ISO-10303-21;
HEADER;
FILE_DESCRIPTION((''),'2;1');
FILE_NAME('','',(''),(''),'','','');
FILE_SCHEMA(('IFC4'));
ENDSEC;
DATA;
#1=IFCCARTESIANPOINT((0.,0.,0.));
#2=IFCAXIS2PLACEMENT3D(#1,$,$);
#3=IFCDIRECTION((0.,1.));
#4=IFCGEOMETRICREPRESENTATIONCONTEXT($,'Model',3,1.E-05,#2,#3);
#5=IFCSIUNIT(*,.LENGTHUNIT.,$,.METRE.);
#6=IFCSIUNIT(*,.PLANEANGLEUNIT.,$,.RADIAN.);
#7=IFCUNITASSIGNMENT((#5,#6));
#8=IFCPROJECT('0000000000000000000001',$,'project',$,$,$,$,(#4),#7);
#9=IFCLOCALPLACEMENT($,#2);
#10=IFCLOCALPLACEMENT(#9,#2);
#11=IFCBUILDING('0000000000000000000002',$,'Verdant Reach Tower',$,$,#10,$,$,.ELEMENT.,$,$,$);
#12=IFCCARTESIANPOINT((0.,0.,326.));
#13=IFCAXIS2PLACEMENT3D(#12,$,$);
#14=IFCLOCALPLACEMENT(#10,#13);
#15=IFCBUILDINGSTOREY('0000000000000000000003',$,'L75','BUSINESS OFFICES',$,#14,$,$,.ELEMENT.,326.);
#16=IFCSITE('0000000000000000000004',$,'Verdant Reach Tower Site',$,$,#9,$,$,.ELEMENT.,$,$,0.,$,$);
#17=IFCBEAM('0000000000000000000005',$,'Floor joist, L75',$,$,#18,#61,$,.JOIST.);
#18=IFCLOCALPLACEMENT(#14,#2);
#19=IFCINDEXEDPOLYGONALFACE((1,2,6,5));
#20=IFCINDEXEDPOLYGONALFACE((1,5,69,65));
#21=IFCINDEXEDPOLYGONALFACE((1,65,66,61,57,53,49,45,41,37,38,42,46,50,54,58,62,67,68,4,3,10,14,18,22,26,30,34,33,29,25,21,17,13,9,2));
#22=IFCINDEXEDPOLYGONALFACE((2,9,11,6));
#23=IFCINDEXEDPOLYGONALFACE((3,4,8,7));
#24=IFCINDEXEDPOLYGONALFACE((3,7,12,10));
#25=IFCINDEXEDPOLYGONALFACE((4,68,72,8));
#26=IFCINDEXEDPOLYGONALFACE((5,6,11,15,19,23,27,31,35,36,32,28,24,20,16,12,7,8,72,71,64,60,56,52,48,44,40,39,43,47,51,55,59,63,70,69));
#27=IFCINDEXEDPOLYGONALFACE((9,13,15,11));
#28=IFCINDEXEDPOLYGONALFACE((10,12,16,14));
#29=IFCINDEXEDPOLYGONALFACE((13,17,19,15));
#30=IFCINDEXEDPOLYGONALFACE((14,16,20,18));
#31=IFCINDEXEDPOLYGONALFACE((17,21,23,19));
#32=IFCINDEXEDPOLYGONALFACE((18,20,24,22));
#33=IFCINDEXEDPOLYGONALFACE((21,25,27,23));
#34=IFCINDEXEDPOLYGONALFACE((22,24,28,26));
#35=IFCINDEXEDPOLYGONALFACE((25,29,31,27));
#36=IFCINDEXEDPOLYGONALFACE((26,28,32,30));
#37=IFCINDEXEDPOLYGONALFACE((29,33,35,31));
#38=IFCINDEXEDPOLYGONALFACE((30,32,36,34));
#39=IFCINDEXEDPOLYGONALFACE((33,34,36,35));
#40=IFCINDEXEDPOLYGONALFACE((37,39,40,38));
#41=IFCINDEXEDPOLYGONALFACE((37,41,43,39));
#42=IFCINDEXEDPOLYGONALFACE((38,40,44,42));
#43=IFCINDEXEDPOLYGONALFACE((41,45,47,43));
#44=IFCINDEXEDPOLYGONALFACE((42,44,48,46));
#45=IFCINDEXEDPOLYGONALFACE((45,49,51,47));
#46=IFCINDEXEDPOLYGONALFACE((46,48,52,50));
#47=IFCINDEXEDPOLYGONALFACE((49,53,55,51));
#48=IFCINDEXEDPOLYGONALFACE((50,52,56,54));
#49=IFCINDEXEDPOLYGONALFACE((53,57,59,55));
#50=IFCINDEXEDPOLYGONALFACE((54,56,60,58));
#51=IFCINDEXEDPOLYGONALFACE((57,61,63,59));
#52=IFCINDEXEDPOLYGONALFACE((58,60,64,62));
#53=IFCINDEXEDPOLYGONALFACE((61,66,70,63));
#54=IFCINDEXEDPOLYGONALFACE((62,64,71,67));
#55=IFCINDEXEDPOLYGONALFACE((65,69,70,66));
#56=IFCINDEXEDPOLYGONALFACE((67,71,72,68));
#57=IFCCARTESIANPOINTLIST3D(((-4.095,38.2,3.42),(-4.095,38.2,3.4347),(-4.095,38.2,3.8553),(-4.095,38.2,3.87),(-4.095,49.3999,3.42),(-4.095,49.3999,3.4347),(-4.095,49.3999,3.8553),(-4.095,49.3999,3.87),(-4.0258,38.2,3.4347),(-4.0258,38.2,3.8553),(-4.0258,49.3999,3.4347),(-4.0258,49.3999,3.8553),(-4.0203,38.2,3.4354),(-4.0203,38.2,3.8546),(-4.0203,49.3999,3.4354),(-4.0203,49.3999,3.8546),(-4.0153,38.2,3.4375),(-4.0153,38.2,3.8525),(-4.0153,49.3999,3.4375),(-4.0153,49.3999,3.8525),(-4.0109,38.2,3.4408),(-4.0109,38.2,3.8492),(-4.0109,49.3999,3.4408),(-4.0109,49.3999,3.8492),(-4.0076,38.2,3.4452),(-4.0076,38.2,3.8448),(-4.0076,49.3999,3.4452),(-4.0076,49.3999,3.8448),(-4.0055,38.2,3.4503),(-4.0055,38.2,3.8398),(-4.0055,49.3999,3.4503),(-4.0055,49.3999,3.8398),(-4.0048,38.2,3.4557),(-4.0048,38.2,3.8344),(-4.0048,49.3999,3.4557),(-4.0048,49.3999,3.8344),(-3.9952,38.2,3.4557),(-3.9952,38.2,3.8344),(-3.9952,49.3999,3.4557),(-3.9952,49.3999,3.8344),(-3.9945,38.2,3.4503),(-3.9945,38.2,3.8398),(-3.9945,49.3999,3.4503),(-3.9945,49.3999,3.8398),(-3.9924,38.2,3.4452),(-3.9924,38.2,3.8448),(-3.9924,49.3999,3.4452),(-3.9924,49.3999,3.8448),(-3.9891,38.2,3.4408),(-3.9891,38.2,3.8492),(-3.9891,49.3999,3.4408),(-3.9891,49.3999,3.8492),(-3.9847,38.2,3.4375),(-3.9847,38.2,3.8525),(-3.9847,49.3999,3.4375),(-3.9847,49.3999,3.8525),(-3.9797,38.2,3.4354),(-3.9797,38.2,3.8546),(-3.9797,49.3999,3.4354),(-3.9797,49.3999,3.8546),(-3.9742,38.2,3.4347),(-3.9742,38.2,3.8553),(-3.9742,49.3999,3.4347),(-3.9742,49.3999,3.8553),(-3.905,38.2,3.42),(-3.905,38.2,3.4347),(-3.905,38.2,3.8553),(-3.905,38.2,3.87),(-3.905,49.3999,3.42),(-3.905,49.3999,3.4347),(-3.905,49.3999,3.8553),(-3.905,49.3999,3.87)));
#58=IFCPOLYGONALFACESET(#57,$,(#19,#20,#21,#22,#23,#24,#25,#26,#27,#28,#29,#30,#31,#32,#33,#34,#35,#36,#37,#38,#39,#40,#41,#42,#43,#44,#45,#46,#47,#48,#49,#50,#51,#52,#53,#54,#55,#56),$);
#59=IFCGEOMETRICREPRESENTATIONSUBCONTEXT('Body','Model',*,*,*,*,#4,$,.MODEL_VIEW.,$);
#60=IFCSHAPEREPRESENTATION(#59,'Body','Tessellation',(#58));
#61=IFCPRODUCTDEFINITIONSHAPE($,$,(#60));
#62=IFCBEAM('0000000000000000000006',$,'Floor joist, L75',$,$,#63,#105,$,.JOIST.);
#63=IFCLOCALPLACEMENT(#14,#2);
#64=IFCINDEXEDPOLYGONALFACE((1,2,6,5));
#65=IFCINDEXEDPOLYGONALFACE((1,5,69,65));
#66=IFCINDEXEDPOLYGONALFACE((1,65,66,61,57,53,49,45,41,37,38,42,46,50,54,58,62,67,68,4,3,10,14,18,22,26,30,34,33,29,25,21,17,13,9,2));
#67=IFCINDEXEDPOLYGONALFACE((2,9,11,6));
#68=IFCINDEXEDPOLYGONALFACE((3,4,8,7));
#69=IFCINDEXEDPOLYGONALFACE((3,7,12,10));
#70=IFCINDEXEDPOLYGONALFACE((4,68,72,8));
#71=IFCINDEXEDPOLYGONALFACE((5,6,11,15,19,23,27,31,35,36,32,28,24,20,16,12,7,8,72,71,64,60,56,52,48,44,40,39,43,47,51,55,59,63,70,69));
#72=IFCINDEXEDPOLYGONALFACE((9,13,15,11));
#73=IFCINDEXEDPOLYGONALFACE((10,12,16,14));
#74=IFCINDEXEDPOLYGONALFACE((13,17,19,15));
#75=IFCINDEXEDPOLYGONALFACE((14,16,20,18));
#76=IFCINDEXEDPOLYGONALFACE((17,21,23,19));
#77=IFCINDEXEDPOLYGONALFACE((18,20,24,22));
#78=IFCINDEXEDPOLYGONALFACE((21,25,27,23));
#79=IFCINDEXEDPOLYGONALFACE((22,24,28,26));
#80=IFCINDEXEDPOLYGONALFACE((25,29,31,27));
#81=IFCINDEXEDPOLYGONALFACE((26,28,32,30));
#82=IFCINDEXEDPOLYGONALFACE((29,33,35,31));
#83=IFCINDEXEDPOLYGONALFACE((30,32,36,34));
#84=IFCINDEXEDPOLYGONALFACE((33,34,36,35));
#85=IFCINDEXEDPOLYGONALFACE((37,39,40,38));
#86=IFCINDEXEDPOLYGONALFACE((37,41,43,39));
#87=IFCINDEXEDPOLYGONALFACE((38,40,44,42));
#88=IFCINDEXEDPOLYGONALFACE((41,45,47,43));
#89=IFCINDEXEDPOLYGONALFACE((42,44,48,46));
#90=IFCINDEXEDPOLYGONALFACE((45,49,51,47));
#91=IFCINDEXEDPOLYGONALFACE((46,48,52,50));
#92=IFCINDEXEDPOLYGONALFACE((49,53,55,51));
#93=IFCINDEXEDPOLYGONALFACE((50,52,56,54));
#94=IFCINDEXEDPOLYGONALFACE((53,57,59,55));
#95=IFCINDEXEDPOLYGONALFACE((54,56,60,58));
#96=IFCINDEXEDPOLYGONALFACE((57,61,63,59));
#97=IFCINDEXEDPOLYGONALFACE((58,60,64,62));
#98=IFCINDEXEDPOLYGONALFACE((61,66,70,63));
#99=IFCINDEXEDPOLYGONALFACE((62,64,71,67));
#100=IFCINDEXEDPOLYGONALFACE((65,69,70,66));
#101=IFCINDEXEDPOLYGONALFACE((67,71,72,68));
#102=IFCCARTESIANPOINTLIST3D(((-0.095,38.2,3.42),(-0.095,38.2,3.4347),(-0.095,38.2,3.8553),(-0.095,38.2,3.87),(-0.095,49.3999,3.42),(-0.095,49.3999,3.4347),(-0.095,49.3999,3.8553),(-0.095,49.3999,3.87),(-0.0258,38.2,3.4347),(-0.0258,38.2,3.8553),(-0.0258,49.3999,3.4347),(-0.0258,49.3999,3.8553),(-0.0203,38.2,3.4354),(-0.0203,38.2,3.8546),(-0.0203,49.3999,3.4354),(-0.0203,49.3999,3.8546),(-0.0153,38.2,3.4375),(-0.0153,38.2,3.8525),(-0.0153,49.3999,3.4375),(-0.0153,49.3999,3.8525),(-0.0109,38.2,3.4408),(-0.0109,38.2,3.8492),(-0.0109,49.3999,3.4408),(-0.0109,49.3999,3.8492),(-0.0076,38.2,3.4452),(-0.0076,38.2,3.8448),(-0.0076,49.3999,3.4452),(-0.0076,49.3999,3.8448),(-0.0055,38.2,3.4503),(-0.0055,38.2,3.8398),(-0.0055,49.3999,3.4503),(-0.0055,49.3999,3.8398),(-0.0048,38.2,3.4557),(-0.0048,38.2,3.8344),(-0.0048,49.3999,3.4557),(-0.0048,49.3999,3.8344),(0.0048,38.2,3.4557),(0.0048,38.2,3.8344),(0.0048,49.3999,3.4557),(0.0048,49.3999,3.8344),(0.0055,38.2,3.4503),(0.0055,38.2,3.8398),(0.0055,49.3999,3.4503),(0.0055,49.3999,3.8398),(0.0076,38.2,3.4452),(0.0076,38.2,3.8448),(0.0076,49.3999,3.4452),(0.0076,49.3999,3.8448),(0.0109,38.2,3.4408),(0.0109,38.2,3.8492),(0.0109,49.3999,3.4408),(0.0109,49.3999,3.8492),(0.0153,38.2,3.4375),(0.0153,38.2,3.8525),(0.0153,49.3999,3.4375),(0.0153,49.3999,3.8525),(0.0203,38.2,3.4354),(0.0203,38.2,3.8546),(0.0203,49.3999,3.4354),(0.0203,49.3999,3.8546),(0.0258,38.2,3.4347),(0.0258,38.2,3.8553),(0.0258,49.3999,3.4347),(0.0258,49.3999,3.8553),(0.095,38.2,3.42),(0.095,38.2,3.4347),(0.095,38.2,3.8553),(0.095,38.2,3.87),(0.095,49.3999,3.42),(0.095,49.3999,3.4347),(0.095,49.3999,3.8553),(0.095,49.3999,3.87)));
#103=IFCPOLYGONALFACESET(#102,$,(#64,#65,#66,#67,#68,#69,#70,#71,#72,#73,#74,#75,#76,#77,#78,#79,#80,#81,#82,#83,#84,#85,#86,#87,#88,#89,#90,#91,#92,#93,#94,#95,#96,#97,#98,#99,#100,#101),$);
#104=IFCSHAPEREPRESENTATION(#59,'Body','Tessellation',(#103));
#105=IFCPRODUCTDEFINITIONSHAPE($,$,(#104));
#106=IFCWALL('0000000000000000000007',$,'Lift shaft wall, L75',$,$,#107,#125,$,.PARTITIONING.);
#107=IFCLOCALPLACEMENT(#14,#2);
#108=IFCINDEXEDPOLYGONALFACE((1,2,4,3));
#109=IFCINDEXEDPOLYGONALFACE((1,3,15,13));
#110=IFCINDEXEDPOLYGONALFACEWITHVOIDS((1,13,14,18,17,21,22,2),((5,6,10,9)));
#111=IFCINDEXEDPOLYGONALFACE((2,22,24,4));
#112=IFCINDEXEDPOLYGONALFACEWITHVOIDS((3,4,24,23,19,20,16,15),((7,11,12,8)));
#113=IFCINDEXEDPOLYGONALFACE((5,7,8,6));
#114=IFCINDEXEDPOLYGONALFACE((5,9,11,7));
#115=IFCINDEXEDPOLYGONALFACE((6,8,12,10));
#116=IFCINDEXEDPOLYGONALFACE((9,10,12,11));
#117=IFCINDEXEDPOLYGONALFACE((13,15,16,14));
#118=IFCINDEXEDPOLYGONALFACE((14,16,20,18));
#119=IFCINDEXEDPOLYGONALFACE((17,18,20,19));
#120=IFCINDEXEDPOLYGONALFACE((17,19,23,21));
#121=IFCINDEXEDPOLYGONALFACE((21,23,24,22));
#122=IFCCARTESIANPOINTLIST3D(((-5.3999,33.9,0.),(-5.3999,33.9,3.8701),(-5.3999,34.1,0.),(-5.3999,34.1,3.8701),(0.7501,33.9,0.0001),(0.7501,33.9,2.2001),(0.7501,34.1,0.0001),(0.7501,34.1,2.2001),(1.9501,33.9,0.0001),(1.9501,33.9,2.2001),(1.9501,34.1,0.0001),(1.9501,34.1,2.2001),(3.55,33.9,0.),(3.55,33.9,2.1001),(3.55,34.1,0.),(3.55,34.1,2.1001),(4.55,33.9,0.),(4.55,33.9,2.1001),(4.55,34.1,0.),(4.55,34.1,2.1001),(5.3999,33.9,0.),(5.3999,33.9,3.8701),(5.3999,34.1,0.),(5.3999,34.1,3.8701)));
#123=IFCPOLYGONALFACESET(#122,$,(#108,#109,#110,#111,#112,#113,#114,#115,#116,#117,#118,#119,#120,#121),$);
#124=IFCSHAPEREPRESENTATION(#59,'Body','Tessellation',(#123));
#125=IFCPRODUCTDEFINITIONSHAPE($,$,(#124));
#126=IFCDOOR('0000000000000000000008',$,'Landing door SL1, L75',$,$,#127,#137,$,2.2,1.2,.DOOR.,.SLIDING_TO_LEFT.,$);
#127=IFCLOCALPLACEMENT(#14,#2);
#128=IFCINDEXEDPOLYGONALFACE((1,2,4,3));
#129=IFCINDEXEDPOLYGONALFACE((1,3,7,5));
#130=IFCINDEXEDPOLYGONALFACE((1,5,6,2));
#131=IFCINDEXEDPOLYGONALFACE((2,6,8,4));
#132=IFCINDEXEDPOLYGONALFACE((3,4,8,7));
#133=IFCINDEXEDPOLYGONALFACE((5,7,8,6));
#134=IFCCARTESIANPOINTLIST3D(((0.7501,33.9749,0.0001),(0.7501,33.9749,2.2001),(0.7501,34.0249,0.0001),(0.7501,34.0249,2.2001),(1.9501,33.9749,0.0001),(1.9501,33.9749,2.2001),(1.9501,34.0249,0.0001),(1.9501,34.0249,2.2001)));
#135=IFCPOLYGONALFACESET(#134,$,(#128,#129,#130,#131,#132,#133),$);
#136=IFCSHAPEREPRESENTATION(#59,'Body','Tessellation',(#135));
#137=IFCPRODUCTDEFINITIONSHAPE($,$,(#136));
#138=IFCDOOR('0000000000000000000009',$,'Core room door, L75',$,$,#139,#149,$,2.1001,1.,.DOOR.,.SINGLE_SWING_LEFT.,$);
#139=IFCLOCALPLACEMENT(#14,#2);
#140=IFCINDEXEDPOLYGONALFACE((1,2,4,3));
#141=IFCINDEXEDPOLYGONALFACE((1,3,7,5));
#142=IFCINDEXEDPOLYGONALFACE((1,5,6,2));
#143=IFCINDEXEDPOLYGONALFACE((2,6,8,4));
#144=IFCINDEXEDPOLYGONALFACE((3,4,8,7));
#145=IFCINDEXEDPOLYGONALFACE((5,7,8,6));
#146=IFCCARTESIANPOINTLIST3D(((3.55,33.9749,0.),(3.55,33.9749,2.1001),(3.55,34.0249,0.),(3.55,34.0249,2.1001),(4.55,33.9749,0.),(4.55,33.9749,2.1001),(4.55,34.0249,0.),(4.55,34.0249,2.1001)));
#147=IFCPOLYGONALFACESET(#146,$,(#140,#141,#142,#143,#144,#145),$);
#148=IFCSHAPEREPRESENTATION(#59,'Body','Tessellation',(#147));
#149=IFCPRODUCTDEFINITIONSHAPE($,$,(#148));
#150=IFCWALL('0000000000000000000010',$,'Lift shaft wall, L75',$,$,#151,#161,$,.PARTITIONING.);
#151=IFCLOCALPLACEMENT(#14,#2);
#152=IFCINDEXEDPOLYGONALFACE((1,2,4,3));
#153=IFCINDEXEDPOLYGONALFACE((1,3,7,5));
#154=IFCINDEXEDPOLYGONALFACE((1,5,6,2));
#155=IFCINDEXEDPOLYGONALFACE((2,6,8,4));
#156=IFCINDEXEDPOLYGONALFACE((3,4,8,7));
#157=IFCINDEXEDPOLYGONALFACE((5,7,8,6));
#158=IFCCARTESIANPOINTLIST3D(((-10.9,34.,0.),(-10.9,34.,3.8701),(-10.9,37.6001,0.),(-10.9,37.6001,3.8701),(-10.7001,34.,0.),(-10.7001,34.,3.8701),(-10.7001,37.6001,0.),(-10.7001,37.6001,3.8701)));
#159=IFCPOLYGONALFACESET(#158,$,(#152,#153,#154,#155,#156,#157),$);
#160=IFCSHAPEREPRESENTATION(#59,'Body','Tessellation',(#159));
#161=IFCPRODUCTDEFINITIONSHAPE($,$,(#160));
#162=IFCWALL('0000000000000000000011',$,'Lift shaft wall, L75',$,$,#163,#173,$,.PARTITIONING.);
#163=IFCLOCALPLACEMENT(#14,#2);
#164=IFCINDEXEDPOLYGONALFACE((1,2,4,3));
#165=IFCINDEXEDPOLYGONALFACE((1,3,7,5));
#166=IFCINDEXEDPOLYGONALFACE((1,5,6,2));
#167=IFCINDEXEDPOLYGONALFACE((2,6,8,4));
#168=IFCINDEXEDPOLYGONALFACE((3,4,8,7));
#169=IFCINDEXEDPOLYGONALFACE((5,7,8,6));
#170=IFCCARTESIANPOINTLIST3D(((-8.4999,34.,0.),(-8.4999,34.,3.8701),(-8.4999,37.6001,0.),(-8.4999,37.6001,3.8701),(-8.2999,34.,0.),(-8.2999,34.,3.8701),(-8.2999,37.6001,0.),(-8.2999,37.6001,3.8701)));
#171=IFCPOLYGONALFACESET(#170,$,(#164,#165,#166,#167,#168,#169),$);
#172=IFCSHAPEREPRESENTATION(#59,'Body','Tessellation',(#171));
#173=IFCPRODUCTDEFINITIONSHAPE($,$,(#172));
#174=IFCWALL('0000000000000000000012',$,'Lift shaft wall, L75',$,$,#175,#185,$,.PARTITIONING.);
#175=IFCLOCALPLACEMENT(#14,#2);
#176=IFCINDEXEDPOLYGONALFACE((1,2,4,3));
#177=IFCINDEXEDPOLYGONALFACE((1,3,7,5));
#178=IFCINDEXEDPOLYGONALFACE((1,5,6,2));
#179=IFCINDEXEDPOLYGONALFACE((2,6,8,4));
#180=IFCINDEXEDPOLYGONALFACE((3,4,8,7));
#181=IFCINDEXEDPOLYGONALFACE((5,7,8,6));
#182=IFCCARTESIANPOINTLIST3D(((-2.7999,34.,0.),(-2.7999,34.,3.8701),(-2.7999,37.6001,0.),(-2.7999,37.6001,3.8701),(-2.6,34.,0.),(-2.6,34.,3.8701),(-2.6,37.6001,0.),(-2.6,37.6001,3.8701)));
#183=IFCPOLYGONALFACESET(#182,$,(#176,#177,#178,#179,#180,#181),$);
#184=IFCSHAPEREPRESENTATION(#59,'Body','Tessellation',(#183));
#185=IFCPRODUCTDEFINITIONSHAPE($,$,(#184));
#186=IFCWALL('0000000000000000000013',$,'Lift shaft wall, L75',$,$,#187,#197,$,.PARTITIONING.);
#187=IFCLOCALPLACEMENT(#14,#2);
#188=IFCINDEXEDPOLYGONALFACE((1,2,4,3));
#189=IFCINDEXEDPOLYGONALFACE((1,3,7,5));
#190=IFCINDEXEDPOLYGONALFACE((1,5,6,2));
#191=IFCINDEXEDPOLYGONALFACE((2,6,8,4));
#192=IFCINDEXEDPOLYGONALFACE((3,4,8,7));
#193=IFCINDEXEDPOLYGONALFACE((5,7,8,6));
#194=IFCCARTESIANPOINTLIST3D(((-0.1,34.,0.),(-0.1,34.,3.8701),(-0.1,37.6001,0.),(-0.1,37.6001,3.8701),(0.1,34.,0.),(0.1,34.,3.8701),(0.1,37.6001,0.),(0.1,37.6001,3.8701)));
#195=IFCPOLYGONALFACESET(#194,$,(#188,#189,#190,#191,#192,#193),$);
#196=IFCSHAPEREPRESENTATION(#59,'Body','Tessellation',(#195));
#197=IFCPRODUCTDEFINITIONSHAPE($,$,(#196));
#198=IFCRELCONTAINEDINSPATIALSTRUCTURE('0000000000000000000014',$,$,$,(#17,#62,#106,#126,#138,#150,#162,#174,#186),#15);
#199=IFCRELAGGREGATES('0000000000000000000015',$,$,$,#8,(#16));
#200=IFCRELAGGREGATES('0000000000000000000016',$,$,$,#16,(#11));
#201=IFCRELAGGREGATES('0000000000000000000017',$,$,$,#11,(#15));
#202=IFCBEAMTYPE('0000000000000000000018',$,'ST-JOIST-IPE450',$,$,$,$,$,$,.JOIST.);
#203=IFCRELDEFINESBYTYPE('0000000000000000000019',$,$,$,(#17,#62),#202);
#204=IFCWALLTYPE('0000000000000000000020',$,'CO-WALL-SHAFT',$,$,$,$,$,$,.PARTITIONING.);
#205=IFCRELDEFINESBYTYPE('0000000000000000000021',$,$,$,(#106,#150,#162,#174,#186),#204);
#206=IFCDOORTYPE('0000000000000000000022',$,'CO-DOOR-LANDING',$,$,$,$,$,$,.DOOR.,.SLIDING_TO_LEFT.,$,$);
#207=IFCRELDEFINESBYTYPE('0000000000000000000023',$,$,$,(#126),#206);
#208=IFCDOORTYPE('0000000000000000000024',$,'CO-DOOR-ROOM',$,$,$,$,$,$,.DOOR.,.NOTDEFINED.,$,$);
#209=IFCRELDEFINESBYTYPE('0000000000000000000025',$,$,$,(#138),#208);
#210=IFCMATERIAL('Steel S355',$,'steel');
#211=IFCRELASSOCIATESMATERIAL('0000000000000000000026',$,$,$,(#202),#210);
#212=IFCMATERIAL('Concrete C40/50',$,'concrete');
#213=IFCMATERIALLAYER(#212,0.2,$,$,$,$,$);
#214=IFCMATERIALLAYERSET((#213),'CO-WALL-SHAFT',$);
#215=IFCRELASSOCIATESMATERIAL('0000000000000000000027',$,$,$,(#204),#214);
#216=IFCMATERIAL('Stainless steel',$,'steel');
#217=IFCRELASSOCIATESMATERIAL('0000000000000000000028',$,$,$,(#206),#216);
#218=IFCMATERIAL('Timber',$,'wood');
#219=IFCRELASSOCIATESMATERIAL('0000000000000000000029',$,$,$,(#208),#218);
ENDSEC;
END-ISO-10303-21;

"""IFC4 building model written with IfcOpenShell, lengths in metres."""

from ifc_helpers import new_model, si_unit, direction, frame, frame_2d, origin, origin_2d, place, context, subcontext, project, spatial, rectangle, i_section, extrude, material, layer, layer_set, material_profile, profile_set, type_object, element, fill, save


model = new_model("IFC4")

# Units and contexts
model_context = context("Model", 3, precision=1e-05, world=origin(), true_north=direction((0.0, 1.0)))
body_context = subcontext(model_context, "Body", "Model", "MODEL_VIEW")
ifc_project = project(units=[si_unit("LENGTHUNIT", "METRE"), si_unit("PLANEANGLEUNIT", "RADIAN")], contexts=[model_context])

# Site, building, storey
site_placement = place(None, origin())
site = spatial("IfcSite", under=ifc_project, at=site_placement, Name="Verdant Reach Tower Site", CompositionType="ELEMENT", RefElevation=0.0)
building_placement = place(site_placement, origin())
building = spatial("IfcBuilding", under=site, at=building_placement, Name="Verdant Reach Tower", CompositionType="ELEMENT")
storey_placement = place(building_placement, frame((0.0, 0.0, 326.0)))
storey = spatial("IfcBuildingStorey", under=building, at=storey_placement, Name="L75", Description="BUSINESS OFFICES", CompositionType="ELEMENT", Elevation=326.0)

# Beams
ifc_material_1 = material(Name="Steel S355", Category="steel")
ifc_material_profile_1 = material_profile(ifc_material_1, i_section(OverallWidth=0.1899, OverallDepth=0.45, WebThickness=0.0095, FlangeThickness=0.0146, FilletRadius=0.021, at=origin_2d()), Name="IPE 450")
ifc_profile_set_1 = profile_set([ifc_material_profile_1], Name="Steel S355")
beam_type_1 = type_object("IfcBeamType", Name="ST-JOIST-IPE450", PredefinedType="JOIST", material=ifc_profile_set_1)
for number, where, z_axis, x_axis, name in (
    (1, (-4.0, 38.2, 3.645), (0.0, 1.0, 0.0), (-1.0, 0.0, 0.0), "Floor joist, L75"),
    (2, (0.0, 38.2, 3.645), (0.0, 1.0, 0.0), (-1.0, 0.0, 0.0), "Floor joist, L75"),
):
    element("IfcBeam", number, at=place(storey_placement, frame(where, z_axis=z_axis, x_axis=x_axis)), inside=storey, type_object=beam_type_1, Name=name, PredefinedType="JOIST", context=body_context, shape_type="SweptSolid", body=[
        extrude(i_section(OverallWidth=0.1899, OverallDepth=0.45, WebThickness=0.0095, FlangeThickness=0.0146, FilletRadius=0.021, at=origin_2d()), origin(), (0.0, 0.0, 1.0), 11.2),
    ])

# Wall, openings, doors
ifc_material_2 = material(Name="Concrete C40/50", Category="concrete")
ifc_layer_1 = layer(ifc_material_2, 0.2)
ifc_layer_set_1 = layer_set([ifc_layer_1], Name="CO-WALL-SHAFT")
wall_type_1 = type_object("IfcWallType", Name="CO-WALL-SHAFT", PredefinedType="PARTITIONING", material=ifc_layer_set_1)
wall_1_placement = place(storey_placement, frame((-5.3999, 34.0, 0.0), z_axis=(0.0, 0.0, 1.0), x_axis=(1.0, 0.0, 0.0)))
wall_1 = element("IfcWall", 3, at=wall_1_placement, inside=storey, type_object=wall_type_1, Name="Lift shaft wall, L75", PredefinedType="PARTITIONING", context=body_context, shape_type="SweptSolid", body=[
    extrude(rectangle(XDim=10.7998, YDim=0.2, at=frame_2d((5.3999, 0.0))), origin(), (0.0, 0.0, 1.0), 3.8701),
])
opening_1_placement = place(wall_1_placement, frame((6.1499, 0.0, 0.0)))
opening_1 = element("IfcOpeningElement", 4, at=opening_1_placement, cuts=wall_1, PredefinedType="OPENING", context=body_context, shape_type="SweptSolid", body=[
    extrude(rectangle(XDim=1.2, YDim=2.2, at=frame_2d((0.6001, 1.1001))), frame((0.0, 0.1099, 0.0), z_axis=(0.0, -1.0, 0.0), x_axis=(1.0, 0.0, 0.0)), (0.0, 0.0, 1.0), 0.22),
])
opening_2_placement = place(wall_1_placement, frame((8.95, 0.0, 0.0)))
opening_2 = element("IfcOpeningElement", 5, at=opening_2_placement, cuts=wall_1, PredefinedType="OPENING", context=body_context, shape_type="SweptSolid", body=[
    extrude(rectangle(XDim=1.0, YDim=2.1001, at=frame_2d((0.5, 1.05))), frame((0.0, 0.1099, 0.0), z_axis=(0.0, -1.0, 0.0), x_axis=(1.0, 0.0, 0.0)), (0.0, 0.0, 1.0), 0.22),
])
ifc_material_3 = material(Name="Stainless steel", Category="steel")
door_type_1 = type_object("IfcDoorType", Name="CO-DOOR-LANDING", OperationType="SLIDING_TO_LEFT", PredefinedType="DOOR", material=ifc_material_3)
door_1_placement = place(opening_1_placement, origin())
door_1 = element("IfcDoor", 6, at=door_1_placement, inside=storey, type_object=door_type_1, Name="Landing door SL1, L75", OperationType="SLIDING_TO_LEFT", OverallHeight=2.2, OverallWidth=1.2, PredefinedType="DOOR", context=body_context, shape_type="SweptSolid", body=[
    extrude(rectangle(XDim=1.2, YDim=2.2, at=frame_2d((0.6001, 1.1001))), frame((0.0, 0.0249, 0.0), z_axis=(0.0, -1.0, 0.0), x_axis=(1.0, 0.0, 0.0)), (0.0, 0.0, 1.0), 0.05),
])
fill(opening_1, door_1)
ifc_material_4 = material(Name="Timber", Category="wood")
door_type_2 = type_object("IfcDoorType", Name="CO-DOOR-ROOM", OperationType="NOTDEFINED", PredefinedType="DOOR", material=ifc_material_4)
door_2_placement = place(opening_2_placement, origin())
door_2 = element("IfcDoor", 7, at=door_2_placement, inside=storey, type_object=door_type_2, Name="Core room door, L75", OperationType="SINGLE_SWING_LEFT", OverallHeight=2.1001, OverallWidth=1.0, PredefinedType="DOOR", context=body_context, shape_type="SweptSolid", body=[
    extrude(rectangle(XDim=1.0, YDim=2.1001, at=frame_2d((0.5, 1.05))), frame((0.0, 0.0249, 0.0), z_axis=(0.0, -1.0, 0.0), x_axis=(1.0, 0.0, 0.0)), (0.0, 0.0, 1.0), 0.05),
])
fill(opening_2, door_2)

# Walls
for number, where, z_axis, x_axis, name in (
    (8, (-10.8, 34.0, 0.0), (0.0, 0.0, 1.0), (0.0, 1.0, 0.0), "Lift shaft wall, L75"),
    (9, (-8.3999, 34.0, 0.0), (0.0, 0.0, 1.0), (0.0, 1.0, 0.0), "Lift shaft wall, L75"),
    (10, (-2.7, 34.0, 0.0), (0.0, 0.0, 1.0), (0.0, 1.0, 0.0), "Lift shaft wall, L75"),
    (11, (0.0, 34.0, 0.0), (0.0, 0.0, 1.0), (0.0, 1.0, 0.0), "Lift shaft wall, L75"),
):
    element("IfcWall", number, at=place(storey_placement, frame(where, z_axis=z_axis, x_axis=x_axis)), inside=storey, type_object=wall_type_1, Name=name, PredefinedType="PARTITIONING", context=body_context, shape_type="SweptSolid", body=[
        extrude(rectangle(XDim=3.6001, YDim=0.2, at=frame_2d((1.8, 0.0))), origin(), (0.0, 0.0, 1.0), 3.8701),
    ])

save(model, "model.ifc")
